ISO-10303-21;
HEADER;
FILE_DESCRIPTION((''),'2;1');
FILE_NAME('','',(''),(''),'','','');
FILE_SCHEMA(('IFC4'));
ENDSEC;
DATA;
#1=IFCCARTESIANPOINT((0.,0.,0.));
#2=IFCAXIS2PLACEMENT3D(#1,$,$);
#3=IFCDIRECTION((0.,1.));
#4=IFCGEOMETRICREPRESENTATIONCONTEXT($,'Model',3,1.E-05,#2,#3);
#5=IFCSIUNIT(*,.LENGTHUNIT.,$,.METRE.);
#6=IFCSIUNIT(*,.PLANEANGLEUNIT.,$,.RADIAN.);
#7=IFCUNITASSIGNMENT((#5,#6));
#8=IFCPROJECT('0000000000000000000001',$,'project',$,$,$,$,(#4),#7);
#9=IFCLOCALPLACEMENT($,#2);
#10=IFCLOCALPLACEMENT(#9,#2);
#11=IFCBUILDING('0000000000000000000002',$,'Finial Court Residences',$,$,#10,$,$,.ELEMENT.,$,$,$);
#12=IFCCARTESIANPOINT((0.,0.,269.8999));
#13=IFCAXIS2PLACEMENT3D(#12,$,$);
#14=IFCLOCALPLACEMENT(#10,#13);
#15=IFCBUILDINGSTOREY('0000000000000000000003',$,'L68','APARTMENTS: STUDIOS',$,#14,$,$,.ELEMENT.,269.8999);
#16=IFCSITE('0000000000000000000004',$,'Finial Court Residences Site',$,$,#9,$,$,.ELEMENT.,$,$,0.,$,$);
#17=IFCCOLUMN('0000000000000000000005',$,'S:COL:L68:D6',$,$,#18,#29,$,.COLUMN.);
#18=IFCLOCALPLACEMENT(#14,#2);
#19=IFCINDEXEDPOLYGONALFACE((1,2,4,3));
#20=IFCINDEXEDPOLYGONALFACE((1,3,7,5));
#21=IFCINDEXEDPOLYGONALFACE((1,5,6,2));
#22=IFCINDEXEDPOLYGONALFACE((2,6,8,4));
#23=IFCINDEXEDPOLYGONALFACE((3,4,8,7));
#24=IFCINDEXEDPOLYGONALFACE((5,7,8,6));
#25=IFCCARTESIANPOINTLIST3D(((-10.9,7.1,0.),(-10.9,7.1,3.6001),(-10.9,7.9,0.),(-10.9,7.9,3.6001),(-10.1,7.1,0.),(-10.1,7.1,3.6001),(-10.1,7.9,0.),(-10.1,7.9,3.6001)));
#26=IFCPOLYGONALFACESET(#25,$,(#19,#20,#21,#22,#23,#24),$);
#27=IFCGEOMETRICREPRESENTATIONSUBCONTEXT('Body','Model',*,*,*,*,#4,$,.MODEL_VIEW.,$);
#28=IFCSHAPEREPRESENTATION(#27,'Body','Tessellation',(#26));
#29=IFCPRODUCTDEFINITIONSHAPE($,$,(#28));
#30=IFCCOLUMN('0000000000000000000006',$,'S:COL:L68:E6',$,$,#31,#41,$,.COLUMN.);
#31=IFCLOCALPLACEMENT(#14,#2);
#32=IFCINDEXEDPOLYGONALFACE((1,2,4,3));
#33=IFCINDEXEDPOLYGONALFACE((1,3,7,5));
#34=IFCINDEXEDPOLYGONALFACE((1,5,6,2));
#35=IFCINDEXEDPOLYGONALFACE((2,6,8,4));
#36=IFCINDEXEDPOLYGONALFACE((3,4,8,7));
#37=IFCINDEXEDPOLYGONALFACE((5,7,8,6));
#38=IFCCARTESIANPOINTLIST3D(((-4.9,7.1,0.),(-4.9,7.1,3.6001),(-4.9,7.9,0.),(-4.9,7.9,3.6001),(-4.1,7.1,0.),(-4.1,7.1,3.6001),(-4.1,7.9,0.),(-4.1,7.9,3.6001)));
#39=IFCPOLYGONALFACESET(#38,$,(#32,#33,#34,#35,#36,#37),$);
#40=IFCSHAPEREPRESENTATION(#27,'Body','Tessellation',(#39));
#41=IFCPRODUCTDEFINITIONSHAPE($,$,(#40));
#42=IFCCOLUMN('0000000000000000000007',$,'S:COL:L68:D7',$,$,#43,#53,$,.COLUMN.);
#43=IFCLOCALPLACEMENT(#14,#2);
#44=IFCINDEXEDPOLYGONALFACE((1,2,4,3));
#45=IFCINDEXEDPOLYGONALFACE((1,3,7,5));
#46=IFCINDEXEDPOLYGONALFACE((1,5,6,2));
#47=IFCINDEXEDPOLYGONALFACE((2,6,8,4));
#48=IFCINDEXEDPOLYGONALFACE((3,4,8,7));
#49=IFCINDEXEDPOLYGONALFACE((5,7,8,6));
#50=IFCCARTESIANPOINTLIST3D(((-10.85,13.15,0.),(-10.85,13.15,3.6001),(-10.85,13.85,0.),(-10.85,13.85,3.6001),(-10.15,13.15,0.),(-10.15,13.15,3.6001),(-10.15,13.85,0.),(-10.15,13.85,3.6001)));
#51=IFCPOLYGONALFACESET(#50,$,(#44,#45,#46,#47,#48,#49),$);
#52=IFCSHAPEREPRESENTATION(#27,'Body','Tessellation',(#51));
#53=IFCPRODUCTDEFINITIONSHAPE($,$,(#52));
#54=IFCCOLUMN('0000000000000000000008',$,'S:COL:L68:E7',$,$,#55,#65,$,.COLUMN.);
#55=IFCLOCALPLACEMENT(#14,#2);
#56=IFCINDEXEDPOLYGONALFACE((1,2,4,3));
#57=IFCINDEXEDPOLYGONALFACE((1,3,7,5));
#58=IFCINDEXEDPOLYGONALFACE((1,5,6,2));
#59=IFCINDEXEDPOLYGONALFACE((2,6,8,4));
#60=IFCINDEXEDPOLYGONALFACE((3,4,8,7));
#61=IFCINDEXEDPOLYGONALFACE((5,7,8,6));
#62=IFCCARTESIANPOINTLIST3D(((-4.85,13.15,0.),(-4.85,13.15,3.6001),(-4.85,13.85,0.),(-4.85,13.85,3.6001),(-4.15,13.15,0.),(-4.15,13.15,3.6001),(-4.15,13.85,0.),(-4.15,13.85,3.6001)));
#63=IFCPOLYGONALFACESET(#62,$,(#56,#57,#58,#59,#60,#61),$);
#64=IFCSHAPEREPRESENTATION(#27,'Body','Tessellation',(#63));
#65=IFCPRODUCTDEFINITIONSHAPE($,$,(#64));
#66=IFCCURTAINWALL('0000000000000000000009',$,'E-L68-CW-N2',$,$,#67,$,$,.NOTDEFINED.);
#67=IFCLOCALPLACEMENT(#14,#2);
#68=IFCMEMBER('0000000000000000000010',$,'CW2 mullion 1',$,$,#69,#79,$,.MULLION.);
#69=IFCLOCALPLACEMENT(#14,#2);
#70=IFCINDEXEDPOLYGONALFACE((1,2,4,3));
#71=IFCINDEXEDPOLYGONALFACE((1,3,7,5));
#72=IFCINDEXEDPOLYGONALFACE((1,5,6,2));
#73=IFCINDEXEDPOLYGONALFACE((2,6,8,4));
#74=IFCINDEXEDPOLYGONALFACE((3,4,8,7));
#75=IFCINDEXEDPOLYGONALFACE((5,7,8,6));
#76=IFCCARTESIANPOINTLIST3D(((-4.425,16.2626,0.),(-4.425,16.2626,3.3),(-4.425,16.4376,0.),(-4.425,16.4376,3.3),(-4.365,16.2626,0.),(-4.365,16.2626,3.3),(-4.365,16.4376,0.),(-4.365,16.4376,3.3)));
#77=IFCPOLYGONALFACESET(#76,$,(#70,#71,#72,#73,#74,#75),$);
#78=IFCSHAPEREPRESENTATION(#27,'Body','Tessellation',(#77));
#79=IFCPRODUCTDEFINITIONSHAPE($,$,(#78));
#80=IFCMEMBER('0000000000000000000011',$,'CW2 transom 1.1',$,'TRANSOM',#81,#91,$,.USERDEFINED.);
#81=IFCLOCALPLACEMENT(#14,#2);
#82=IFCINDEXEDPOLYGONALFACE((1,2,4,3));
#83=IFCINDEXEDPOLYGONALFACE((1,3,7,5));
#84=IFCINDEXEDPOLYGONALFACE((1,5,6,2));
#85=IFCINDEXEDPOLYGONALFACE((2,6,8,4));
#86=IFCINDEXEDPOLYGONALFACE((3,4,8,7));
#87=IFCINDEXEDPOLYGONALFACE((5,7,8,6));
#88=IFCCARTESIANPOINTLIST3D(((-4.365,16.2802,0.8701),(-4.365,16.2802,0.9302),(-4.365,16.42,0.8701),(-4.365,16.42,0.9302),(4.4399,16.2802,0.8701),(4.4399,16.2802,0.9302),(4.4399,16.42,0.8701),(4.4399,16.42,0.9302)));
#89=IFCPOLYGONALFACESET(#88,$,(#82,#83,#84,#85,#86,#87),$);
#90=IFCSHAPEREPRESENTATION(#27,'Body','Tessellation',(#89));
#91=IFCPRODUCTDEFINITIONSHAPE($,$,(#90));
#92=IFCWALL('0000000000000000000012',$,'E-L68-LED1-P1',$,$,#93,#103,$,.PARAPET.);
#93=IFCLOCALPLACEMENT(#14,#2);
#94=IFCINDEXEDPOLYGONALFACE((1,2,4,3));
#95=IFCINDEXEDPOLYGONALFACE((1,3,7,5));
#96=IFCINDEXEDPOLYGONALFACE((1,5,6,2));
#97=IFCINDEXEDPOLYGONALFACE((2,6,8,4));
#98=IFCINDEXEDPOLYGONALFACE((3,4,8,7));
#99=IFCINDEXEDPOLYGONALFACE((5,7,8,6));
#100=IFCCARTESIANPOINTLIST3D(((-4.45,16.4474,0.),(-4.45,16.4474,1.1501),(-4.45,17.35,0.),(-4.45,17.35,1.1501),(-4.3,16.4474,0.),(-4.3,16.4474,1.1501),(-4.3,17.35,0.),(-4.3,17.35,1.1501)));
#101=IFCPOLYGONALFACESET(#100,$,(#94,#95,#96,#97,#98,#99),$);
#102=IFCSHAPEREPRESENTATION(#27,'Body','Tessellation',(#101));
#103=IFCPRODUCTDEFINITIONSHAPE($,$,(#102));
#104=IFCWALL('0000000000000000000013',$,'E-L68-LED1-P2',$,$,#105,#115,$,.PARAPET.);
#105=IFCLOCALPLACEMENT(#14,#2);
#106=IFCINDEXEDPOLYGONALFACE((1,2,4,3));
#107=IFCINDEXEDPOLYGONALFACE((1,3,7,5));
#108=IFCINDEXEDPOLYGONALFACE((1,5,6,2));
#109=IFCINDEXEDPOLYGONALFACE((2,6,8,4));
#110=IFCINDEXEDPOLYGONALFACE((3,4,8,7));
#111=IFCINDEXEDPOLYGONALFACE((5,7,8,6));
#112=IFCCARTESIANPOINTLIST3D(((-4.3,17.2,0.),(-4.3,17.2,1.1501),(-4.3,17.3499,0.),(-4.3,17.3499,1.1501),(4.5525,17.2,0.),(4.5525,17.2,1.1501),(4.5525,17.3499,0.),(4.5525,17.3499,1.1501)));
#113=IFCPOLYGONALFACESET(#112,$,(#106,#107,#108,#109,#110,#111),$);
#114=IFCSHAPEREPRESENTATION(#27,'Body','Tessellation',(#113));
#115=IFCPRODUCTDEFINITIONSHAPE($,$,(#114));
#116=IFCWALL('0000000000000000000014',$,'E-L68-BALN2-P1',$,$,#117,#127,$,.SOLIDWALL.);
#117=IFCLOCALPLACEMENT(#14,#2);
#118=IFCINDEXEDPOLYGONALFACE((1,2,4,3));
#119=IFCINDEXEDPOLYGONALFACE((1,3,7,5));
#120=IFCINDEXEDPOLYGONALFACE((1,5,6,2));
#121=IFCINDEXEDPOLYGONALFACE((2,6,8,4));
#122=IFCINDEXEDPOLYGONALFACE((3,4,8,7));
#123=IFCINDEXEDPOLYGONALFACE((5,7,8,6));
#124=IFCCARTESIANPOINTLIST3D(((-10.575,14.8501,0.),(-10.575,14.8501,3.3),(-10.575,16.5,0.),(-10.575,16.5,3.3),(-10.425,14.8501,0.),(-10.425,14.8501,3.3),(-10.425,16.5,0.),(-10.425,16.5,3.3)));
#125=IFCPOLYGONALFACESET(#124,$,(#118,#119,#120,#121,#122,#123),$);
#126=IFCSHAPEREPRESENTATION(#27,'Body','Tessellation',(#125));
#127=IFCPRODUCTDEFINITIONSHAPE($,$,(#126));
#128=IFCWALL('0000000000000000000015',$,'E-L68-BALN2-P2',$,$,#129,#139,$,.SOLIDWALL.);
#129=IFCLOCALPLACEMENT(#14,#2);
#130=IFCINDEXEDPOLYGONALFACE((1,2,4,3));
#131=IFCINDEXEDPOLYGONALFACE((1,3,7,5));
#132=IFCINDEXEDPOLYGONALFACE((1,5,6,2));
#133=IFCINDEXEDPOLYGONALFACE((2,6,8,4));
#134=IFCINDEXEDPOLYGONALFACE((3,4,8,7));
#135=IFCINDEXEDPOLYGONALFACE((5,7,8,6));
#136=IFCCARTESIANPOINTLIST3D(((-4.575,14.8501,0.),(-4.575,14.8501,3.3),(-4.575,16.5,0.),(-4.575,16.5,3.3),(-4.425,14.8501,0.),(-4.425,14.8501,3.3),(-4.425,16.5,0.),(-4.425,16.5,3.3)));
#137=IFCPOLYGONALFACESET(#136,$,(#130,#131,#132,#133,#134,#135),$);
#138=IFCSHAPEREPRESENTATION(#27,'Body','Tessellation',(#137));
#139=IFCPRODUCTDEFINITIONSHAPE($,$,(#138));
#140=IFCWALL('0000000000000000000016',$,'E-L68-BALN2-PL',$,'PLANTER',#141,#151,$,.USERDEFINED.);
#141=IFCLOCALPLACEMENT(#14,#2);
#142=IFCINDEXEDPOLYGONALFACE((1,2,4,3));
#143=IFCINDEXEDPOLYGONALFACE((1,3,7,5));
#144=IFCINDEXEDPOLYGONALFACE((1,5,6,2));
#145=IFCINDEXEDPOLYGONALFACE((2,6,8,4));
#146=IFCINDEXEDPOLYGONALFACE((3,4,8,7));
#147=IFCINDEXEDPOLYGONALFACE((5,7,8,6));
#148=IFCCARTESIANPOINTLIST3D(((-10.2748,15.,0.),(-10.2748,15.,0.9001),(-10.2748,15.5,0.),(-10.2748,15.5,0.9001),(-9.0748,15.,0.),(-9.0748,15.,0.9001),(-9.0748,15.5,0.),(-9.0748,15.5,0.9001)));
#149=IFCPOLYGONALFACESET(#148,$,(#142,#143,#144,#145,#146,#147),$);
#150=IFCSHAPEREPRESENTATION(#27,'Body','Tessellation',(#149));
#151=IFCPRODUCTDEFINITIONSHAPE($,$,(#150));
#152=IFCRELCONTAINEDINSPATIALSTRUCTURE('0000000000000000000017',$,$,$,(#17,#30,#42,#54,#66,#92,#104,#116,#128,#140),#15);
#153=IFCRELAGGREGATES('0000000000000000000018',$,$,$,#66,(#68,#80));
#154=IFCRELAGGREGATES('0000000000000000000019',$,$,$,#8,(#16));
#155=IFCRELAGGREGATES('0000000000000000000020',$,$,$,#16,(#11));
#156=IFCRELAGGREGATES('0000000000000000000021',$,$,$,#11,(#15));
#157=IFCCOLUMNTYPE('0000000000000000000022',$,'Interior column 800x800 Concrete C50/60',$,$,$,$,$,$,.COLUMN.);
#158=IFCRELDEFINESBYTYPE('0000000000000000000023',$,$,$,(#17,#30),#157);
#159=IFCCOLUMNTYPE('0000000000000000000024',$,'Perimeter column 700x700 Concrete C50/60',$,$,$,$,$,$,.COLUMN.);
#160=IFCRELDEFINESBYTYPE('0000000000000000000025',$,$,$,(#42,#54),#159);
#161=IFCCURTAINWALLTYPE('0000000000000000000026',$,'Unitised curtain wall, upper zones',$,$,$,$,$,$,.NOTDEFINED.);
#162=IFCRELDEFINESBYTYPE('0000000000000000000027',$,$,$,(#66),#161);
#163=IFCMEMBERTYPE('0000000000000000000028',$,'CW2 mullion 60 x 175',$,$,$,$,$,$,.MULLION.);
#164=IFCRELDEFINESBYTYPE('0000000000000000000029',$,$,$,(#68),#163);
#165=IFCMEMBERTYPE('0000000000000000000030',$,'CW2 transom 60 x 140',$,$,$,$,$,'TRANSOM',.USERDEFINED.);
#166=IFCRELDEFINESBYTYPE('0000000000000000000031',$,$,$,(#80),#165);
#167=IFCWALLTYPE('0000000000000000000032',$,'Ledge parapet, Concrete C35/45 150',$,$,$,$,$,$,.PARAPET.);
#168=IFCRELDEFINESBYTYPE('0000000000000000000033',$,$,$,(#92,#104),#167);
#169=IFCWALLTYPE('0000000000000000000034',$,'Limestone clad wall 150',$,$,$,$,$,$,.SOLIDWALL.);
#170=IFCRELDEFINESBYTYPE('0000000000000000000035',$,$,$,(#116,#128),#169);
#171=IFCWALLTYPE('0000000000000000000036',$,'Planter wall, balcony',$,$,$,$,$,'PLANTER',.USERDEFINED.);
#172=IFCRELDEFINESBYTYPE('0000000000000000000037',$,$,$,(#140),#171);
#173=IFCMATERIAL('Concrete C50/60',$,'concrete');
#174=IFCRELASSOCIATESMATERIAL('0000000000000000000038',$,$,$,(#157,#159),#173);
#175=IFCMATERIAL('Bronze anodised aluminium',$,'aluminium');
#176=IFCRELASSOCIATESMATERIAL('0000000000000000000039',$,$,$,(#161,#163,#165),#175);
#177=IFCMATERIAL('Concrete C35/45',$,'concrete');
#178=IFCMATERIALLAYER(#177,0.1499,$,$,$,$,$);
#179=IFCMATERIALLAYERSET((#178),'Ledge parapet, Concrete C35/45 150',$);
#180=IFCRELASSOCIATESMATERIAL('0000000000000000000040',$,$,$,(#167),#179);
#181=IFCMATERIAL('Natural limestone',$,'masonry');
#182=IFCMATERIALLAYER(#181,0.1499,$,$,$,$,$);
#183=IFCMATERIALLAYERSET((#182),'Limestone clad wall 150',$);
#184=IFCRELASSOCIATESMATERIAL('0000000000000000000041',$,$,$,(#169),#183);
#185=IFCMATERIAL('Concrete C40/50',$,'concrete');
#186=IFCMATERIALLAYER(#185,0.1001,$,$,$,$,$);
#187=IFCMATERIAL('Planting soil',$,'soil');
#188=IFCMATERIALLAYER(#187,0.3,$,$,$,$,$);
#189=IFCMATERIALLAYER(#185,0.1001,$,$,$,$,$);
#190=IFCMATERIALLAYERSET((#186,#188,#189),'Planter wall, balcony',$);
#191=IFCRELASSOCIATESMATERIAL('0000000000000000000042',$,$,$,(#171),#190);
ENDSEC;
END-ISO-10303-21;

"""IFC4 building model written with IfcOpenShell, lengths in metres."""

from ifc_helpers import new_model, si_unit, direction, frame, frame_2d, origin, origin_2d, place, context, subcontext, project, spatial, rectangle, extrude, material, layer, layer_set, material_profile, profile_set, type_object, element, aggregate, save


model = new_model("IFC4")

# Units and contexts
model_context = context("Model", 3, precision=1e-05, world=origin(), true_north=direction((0.0, 1.0)))
body_context = subcontext(model_context, "Body", "Model", "MODEL_VIEW")
ifc_project = project(units=[si_unit("LENGTHUNIT", "METRE"), si_unit("PLANEANGLEUNIT", "RADIAN")], contexts=[model_context])

# Site, building, storey
site_placement = place(None, origin())
site = spatial("IfcSite", under=ifc_project, at=site_placement, Name="Finial Court Residences Site", CompositionType="ELEMENT", RefElevation=0.0)
building_placement = place(site_placement, origin())
building = spatial("IfcBuilding", under=site, at=building_placement, Name="Finial Court Residences", CompositionType="ELEMENT")
storey_placement = place(building_placement, frame((0.0, 0.0, 269.8999)))
storey = spatial("IfcBuildingStorey", under=building, at=storey_placement, Name="L68", Description="APARTMENTS: STUDIOS", CompositionType="ELEMENT", Elevation=269.8999)

# Columns
ifc_material_1 = material(Name="Concrete C50/60", Category="concrete")
ifc_material_profile_1 = material_profile(ifc_material_1, rectangle(XDim=0.8, YDim=0.8, at=origin_2d()), Name="800x800")
ifc_profile_set_1 = profile_set([ifc_material_profile_1], Name="Concrete C50/60")
column_type_1 = type_object("IfcColumnType", Name="Interior column 800x800 Concrete C50/60", PredefinedType="COLUMN", material=ifc_profile_set_1)
for number, where, z_axis, x_axis, name in (
    (1, (-10.5, 7.5, 0.0), (0.0, 0.0, 1.0), (1.0, 0.0, 0.0), "S:COL:L68:D6"),
    (2, (-4.5, 7.5, 0.0), (0.0, 0.0, 1.0), (1.0, 0.0, 0.0), "S:COL:L68:E6"),
):
    element("IfcColumn", number, at=place(storey_placement, frame(where, z_axis=z_axis, x_axis=x_axis)), inside=storey, type_object=column_type_1, Name=name, PredefinedType="COLUMN", context=body_context, shape_type="SweptSolid", body=[
        extrude(rectangle(XDim=0.8, YDim=0.8, at=origin_2d()), origin(), (0.0, 0.0, 1.0), 3.6001),
    ])
ifc_material_profile_2 = material_profile(ifc_material_1, rectangle(XDim=0.7, YDim=0.7, at=origin_2d()), Name="700x700")
ifc_profile_set_2 = profile_set([ifc_material_profile_2], Name="Concrete C50/60")
column_type_2 = type_object("IfcColumnType", Name="Perimeter column 700x700 Concrete C50/60", PredefinedType="COLUMN", material=ifc_profile_set_2)
for number, where, z_axis, x_axis, name in (
    (3, (-10.5, 13.5, 0.0), (0.0, 0.0, 1.0), (1.0, 0.0, 0.0), "S:COL:L68:D7"),
    (4, (-4.5, 13.5, 0.0), (0.0, 0.0, 1.0), (1.0, 0.0, 0.0), "S:COL:L68:E7"),
):
    element("IfcColumn", number, at=place(storey_placement, frame(where, z_axis=z_axis, x_axis=x_axis)), inside=storey, type_object=column_type_2, Name=name, PredefinedType="COLUMN", context=body_context, shape_type="SweptSolid", body=[
        extrude(rectangle(XDim=0.7, YDim=0.7, at=origin_2d()), origin(), (0.0, 0.0, 1.0), 3.6001),
    ])

# Curtain wall, members
ifc_material_2 = material(Name="Bronze anodised aluminium", Category="aluminium")
curtain_wall_type = type_object("IfcCurtainWallType", Name="Unitised curtain wall, upper zones", PredefinedType="NOTDEFINED", material=ifc_material_2)
curtain_wall_placement = place(storey_placement, origin())
curtain_wall = element("IfcCurtainWall", 5, at=curtain_wall_placement, inside=storey, type_object=curtain_wall_type, Name="E-L68-CW-N2", PredefinedType="NOTDEFINED")
ifc_material_profile_3 = material_profile(ifc_material_2, rectangle(XDim=0.175, YDim=0.0601, at=origin_2d()), Name="CW2 mullion 60 x 175")
ifc_profile_set_3 = profile_set([ifc_material_profile_3], Name="Bronze anodised aluminium")
member_type_1 = type_object("IfcMemberType", Name="CW2 mullion 60 x 175", PredefinedType="MULLION", material=ifc_profile_set_3)
member_1_placement = place(storey_placement, frame((-4.395, 16.3501, 0.0), z_axis=(0.0, 0.0, 1.0), x_axis=(0.0, 1.0, 0.0)))
member_1 = element("IfcMember", 6, at=member_1_placement, type_object=member_type_1, Name="CW2 mullion 1", PredefinedType="MULLION", context=body_context, shape_type="SweptSolid", body=[
    extrude(rectangle(XDim=0.175, YDim=0.0601, at=origin_2d()), origin(), (0.0, 0.0, 1.0), 3.3),
])
ifc_material_profile_4 = material_profile(ifc_material_2, rectangle(XDim=0.1399, YDim=0.0601, at=origin_2d()), Name="CW2 transom 60 x 140")
ifc_profile_set_4 = profile_set([ifc_material_profile_4], Name="Bronze anodised aluminium")
member_type_2 = type_object("IfcMemberType", Name="CW2 transom 60 x 140", ElementType="TRANSOM", PredefinedType="USERDEFINED", material=ifc_profile_set_4)
member_2_placement = place(storey_placement, frame((-4.365, 16.3501, 0.9001), z_axis=(1.0, 0.0, 0.0), x_axis=(0.0, 1.0, 0.0)))
member_2 = element("IfcMember", 7, at=member_2_placement, type_object=member_type_2, Name="CW2 transom 1.1", ObjectType="TRANSOM", PredefinedType="USERDEFINED", context=body_context, shape_type="SweptSolid", body=[
    extrude(rectangle(XDim=0.1399, YDim=0.0601, at=origin_2d()), origin(), (0.0, 0.0, 1.0), 8.8049),
])
aggregate(curtain_wall, [member_1, member_2])

# Walls
ifc_material_3 = material(Name="Concrete C35/45", Category="concrete")
ifc_layer_1 = layer(ifc_material_3, 0.1499)
ifc_layer_set_1 = layer_set([ifc_layer_1], Name="Ledge parapet, Concrete C35/45 150")
wall_type_1 = type_object("IfcWallType", Name="Ledge parapet, Concrete C35/45 150", PredefinedType="PARAPET", material=ifc_layer_set_1)
wall_1_placement = place(storey_placement, frame((-4.375, 16.4475, 0.0), z_axis=(0.0, 0.0, 1.0), x_axis=(0.0, 1.0, 0.0)))
element("IfcWall", 8, at=wall_1_placement, inside=storey, type_object=wall_type_1, Name="E-L68-LED1-P1", PredefinedType="PARAPET", context=body_context, shape_type="SweptSolid", body=[
    extrude(rectangle(XDim=0.9026, YDim=0.1499, at=frame_2d((0.4512, 0.0))), origin(), (0.0, 0.0, 1.0), 1.1501),
])
wall_2_placement = place(storey_placement, frame((-4.3, 17.2749, 0.0), z_axis=(0.0, 0.0, 1.0), x_axis=(1.0, 0.0, 0.0)))
element("IfcWall", 9, at=wall_2_placement, inside=storey, type_object=wall_type_1, Name="E-L68-LED1-P2", PredefinedType="PARAPET", context=body_context, shape_type="SweptSolid", body=[
    extrude(rectangle(XDim=8.8525, YDim=0.1499, at=frame_2d((4.4263, 0.0))), origin(), (0.0, 0.0, 1.0), 1.1501),
])
ifc_material_4 = material(Name="Natural limestone", Category="masonry")
ifc_layer_2 = layer(ifc_material_4, 0.1499)
ifc_layer_set_2 = layer_set([ifc_layer_2], Name="Limestone clad wall 150")
wall_type_2 = type_object("IfcWallType", Name="Limestone clad wall 150", PredefinedType="SOLIDWALL", material=ifc_layer_set_2)
for number, where, z_axis, x_axis, name in (
    (10, (-10.5, 14.8501, 0.0), (0.0, 0.0, 1.0), (0.0, 1.0, 0.0), "E-L68-BALN2-P1"),
    (11, (-4.5, 14.8501, 0.0), (0.0, 0.0, 1.0), (0.0, 1.0, 0.0), "E-L68-BALN2-P2"),
):
    element("IfcWall", number, at=place(storey_placement, frame(where, z_axis=z_axis, x_axis=x_axis)), inside=storey, type_object=wall_type_2, Name=name, PredefinedType="SOLIDWALL", context=body_context, shape_type="SweptSolid", body=[
        extrude(rectangle(XDim=1.6499, YDim=0.1499, at=frame_2d((0.825, 0.0))), origin(), (0.0, 0.0, 1.0), 3.3),
    ])

# Wall
ifc_material_5 = material(Name="Concrete C40/50", Category="concrete")
ifc_layer_3 = layer(ifc_material_5, 0.1001)
ifc_material_6 = material(Name="Planting soil", Category="soil")
ifc_layer_4 = layer(ifc_material_6, 0.3)
ifc_layer_5 = layer(ifc_material_5, 0.1001)
ifc_layer_set_3 = layer_set([ifc_layer_3, ifc_layer_4, ifc_layer_5], Name="Planter wall, balcony")
wall_type_3 = type_object("IfcWallType", Name="Planter wall, balcony", ElementType="PLANTER", PredefinedType="USERDEFINED", material=ifc_layer_set_3)
wall_3_placement = place(storey_placement, frame((-10.2749, 15.25, 0.0), z_axis=(0.0, 0.0, 1.0), x_axis=(1.0, 0.0, 0.0)))
element("IfcWall", 12, at=wall_3_placement, inside=storey, type_object=wall_type_3, Name="E-L68-BALN2-PL", ObjectType="PLANTER", PredefinedType="USERDEFINED", context=body_context, shape_type="SweptSolid", body=[
    extrude(rectangle(XDim=1.2, YDim=0.5, at=frame_2d((0.6001, 0.0))), origin(), (0.0, 0.0, 1.0), 0.9001),
])

save(model, "model.ifc")
